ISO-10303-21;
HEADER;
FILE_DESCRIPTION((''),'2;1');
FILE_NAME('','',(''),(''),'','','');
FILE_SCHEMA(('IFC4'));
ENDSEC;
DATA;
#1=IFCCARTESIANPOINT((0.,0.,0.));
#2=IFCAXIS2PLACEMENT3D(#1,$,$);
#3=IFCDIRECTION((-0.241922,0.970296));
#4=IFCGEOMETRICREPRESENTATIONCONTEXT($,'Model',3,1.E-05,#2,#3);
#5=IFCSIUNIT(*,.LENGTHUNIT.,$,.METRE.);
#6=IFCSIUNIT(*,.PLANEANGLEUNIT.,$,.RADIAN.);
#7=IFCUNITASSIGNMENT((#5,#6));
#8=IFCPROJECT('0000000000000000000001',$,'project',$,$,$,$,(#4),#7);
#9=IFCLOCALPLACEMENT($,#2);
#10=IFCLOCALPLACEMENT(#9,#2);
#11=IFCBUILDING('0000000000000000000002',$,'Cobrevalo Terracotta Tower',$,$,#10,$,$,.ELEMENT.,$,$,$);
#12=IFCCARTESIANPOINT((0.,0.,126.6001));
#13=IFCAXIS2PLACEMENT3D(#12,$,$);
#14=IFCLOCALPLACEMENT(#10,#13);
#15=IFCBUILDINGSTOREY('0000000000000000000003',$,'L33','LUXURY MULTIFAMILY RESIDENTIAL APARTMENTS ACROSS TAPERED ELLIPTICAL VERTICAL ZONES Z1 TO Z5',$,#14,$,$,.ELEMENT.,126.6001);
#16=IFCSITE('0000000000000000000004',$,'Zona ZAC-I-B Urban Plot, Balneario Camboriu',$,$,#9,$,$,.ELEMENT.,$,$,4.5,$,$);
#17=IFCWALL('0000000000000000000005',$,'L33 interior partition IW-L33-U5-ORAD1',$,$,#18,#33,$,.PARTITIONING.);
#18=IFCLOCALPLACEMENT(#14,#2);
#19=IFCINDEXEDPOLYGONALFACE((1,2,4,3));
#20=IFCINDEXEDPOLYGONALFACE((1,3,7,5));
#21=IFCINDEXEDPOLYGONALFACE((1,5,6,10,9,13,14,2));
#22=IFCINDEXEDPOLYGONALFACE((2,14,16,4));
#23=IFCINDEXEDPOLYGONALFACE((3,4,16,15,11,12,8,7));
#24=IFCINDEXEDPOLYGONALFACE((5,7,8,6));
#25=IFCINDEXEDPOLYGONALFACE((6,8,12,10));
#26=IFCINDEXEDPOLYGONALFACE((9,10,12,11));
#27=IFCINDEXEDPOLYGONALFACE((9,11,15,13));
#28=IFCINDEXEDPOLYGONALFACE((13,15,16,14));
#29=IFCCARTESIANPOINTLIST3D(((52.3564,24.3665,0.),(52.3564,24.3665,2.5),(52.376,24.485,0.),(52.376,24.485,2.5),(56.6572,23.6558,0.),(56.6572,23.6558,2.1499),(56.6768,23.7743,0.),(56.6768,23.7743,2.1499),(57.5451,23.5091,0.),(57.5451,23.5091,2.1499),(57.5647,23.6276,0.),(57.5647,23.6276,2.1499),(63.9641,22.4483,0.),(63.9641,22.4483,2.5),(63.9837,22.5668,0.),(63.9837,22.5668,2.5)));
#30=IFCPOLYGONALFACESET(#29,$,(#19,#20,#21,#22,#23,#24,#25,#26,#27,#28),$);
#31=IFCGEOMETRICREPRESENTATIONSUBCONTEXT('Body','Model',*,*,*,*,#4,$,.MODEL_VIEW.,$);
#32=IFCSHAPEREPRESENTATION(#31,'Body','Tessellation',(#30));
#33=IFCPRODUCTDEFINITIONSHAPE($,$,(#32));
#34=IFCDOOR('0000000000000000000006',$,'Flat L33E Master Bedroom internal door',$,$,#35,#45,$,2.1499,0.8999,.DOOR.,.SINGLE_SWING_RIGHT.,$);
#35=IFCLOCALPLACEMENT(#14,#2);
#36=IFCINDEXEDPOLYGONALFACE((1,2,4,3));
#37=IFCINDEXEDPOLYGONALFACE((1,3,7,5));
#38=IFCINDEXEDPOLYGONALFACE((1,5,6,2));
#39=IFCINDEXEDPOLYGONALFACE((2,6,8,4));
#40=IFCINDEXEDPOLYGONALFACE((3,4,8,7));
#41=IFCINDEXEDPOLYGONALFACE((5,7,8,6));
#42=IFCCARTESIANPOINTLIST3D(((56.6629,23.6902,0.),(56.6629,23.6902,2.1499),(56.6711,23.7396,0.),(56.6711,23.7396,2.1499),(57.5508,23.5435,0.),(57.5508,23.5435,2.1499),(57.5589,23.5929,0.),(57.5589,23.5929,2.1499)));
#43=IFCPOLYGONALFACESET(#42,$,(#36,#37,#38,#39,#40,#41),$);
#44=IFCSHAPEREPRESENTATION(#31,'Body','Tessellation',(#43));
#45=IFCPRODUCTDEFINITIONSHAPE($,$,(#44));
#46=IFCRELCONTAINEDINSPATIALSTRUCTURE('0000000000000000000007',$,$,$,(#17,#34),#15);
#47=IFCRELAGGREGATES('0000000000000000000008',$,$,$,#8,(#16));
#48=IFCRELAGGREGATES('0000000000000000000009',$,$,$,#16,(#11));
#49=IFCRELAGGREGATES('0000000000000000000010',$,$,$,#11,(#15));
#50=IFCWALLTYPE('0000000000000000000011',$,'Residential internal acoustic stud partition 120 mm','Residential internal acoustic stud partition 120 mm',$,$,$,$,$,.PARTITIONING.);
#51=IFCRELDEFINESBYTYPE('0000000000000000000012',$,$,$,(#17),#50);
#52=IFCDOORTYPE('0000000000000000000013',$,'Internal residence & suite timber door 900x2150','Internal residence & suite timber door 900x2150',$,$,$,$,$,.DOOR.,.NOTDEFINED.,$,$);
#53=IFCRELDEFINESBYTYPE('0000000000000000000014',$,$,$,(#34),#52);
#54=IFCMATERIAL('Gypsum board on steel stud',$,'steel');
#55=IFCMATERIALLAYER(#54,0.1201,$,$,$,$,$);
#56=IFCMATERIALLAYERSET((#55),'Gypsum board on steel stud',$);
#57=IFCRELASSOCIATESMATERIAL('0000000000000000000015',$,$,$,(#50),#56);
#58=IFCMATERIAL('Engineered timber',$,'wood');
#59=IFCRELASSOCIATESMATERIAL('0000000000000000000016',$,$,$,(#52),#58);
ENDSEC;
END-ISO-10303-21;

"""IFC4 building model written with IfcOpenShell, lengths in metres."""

from ifc_helpers import new_model, si_unit, direction, frame, frame_2d, origin, place, context, subcontext, project, spatial, rectangle, extrude, source, transform, mapped, material, layer, layer_set, type_object, element, fill, save


model = new_model("IFC4")

# Units and contexts
model_context = context("Model", 3, precision=1e-05, world=origin(), true_north=direction((-0.241922, 0.970296)))
body_context = subcontext(model_context, "Body", "Model", "MODEL_VIEW")
ifc_project = project(units=[si_unit("LENGTHUNIT", "METRE"), si_unit("PLANEANGLEUNIT", "RADIAN")], contexts=[model_context])

# Site, building, storey
site_placement = place(None, origin())
site = spatial("IfcSite", under=ifc_project, at=site_placement, Name="Zona ZAC-I-B Urban Plot, Balneario Camboriu", CompositionType="ELEMENT", RefElevation=4.5)
building_placement = place(site_placement, origin())
building = spatial("IfcBuilding", under=site, at=building_placement, Name="Cobrevalo Terracotta Tower", CompositionType="ELEMENT")
storey_placement = place(building_placement, frame((0.0, 0.0, 126.6001)))
storey = spatial("IfcBuildingStorey", under=building, at=storey_placement, Name="L33", Description="LUXURY MULTIFAMILY RESIDENTIAL APARTMENTS ACROSS TAPERED ELLIPTICAL VERTICAL ZONES Z1 TO Z5", CompositionType="ELEMENT", Elevation=126.6001)

# Shared definitions
ifc_material_1 = material(Name="Gypsum board on steel stud", Category="steel")
ifc_layer_1 = layer(ifc_material_1, 0.1201)
ifc_layer_set_1 = layer_set([ifc_layer_1], Name="Gypsum board on steel stud")
wall_type = type_object("IfcWallType", Name="Residential internal acoustic stud partition 120 mm", Description="Residential internal acoustic stud partition 120 mm", PredefinedType="PARTITIONING", material=ifc_layer_set_1)

# Wall, opening, door
wall_1_placement = place(storey_placement, frame((52.3662, 24.4258, 0.0), z_axis=(0.0, 0.0, 1.0), x_axis=(0.986619, -0.163043, 0.0)))
wall_1 = element("IfcWall", 1, at=wall_1_placement, inside=storey, type_object=wall_type, Name="L33 interior partition IW-L33-U5-ORAD1", PredefinedType="PARTITIONING", context=body_context, shape_type="SweptSolid", body=[
    extrude(rectangle(XDim=11.7651, YDim=0.1201, at=frame_2d((5.8826, 0.0))), origin(), (0.0, 0.0, 1.0), 2.5),
])
opening_placement = place(wall_1_placement, frame((4.3591, 0.0, 0.0)))
opening = element("IfcOpeningElement", 2, at=opening_placement, cuts=wall_1, PredefinedType="OPENING", context=body_context, shape_type="SweptSolid", body=[
    extrude(rectangle(XDim=0.8999, YDim=2.1499, at=frame_2d((0.45, 1.075))), frame((0.0, 0.0701, 0.0), z_axis=(0.0, -1.0, 0.0), x_axis=(1.0, 0.0, 0.0)), (0.0, 0.0, 1.0), 0.1401),
])
ifc_material_2 = material(Name="Engineered timber", Category="wood")
door_type = type_object("IfcDoorType", Name="Internal residence & suite timber door 900x2150", Description="Internal residence & suite timber door 900x2150", OperationType="NOTDEFINED", PredefinedType="DOOR", material=ifc_material_2)
shared_shape_1 = source(origin(), body_context, "Body", "SweptSolid", [
    extrude(rectangle(XDim=0.8999, YDim=2.1499, at=frame_2d((0.45, 1.075))), frame((0.0, 0.0249, 0.0), z_axis=(0.0, -1.0, 0.0), x_axis=(1.0, 0.0, 0.0)), (0.0, 0.0, 1.0), 0.05),
])
door_placement = place(opening_placement, origin())
door = element("IfcDoor", 3, at=door_placement, inside=storey, type_object=door_type, Name="Flat L33E Master Bedroom internal door", OperationType="SINGLE_SWING_RIGHT", OverallHeight=2.1499, OverallWidth=0.8999, PredefinedType="DOOR", context=body_context, shape_type="MappedRepresentation", body=[
    mapped(shared_shape_1, transform((0.0, 0.0, 0.0), scale=1.0)),
])
fill(opening, door)

save(model, "model.ifc")
